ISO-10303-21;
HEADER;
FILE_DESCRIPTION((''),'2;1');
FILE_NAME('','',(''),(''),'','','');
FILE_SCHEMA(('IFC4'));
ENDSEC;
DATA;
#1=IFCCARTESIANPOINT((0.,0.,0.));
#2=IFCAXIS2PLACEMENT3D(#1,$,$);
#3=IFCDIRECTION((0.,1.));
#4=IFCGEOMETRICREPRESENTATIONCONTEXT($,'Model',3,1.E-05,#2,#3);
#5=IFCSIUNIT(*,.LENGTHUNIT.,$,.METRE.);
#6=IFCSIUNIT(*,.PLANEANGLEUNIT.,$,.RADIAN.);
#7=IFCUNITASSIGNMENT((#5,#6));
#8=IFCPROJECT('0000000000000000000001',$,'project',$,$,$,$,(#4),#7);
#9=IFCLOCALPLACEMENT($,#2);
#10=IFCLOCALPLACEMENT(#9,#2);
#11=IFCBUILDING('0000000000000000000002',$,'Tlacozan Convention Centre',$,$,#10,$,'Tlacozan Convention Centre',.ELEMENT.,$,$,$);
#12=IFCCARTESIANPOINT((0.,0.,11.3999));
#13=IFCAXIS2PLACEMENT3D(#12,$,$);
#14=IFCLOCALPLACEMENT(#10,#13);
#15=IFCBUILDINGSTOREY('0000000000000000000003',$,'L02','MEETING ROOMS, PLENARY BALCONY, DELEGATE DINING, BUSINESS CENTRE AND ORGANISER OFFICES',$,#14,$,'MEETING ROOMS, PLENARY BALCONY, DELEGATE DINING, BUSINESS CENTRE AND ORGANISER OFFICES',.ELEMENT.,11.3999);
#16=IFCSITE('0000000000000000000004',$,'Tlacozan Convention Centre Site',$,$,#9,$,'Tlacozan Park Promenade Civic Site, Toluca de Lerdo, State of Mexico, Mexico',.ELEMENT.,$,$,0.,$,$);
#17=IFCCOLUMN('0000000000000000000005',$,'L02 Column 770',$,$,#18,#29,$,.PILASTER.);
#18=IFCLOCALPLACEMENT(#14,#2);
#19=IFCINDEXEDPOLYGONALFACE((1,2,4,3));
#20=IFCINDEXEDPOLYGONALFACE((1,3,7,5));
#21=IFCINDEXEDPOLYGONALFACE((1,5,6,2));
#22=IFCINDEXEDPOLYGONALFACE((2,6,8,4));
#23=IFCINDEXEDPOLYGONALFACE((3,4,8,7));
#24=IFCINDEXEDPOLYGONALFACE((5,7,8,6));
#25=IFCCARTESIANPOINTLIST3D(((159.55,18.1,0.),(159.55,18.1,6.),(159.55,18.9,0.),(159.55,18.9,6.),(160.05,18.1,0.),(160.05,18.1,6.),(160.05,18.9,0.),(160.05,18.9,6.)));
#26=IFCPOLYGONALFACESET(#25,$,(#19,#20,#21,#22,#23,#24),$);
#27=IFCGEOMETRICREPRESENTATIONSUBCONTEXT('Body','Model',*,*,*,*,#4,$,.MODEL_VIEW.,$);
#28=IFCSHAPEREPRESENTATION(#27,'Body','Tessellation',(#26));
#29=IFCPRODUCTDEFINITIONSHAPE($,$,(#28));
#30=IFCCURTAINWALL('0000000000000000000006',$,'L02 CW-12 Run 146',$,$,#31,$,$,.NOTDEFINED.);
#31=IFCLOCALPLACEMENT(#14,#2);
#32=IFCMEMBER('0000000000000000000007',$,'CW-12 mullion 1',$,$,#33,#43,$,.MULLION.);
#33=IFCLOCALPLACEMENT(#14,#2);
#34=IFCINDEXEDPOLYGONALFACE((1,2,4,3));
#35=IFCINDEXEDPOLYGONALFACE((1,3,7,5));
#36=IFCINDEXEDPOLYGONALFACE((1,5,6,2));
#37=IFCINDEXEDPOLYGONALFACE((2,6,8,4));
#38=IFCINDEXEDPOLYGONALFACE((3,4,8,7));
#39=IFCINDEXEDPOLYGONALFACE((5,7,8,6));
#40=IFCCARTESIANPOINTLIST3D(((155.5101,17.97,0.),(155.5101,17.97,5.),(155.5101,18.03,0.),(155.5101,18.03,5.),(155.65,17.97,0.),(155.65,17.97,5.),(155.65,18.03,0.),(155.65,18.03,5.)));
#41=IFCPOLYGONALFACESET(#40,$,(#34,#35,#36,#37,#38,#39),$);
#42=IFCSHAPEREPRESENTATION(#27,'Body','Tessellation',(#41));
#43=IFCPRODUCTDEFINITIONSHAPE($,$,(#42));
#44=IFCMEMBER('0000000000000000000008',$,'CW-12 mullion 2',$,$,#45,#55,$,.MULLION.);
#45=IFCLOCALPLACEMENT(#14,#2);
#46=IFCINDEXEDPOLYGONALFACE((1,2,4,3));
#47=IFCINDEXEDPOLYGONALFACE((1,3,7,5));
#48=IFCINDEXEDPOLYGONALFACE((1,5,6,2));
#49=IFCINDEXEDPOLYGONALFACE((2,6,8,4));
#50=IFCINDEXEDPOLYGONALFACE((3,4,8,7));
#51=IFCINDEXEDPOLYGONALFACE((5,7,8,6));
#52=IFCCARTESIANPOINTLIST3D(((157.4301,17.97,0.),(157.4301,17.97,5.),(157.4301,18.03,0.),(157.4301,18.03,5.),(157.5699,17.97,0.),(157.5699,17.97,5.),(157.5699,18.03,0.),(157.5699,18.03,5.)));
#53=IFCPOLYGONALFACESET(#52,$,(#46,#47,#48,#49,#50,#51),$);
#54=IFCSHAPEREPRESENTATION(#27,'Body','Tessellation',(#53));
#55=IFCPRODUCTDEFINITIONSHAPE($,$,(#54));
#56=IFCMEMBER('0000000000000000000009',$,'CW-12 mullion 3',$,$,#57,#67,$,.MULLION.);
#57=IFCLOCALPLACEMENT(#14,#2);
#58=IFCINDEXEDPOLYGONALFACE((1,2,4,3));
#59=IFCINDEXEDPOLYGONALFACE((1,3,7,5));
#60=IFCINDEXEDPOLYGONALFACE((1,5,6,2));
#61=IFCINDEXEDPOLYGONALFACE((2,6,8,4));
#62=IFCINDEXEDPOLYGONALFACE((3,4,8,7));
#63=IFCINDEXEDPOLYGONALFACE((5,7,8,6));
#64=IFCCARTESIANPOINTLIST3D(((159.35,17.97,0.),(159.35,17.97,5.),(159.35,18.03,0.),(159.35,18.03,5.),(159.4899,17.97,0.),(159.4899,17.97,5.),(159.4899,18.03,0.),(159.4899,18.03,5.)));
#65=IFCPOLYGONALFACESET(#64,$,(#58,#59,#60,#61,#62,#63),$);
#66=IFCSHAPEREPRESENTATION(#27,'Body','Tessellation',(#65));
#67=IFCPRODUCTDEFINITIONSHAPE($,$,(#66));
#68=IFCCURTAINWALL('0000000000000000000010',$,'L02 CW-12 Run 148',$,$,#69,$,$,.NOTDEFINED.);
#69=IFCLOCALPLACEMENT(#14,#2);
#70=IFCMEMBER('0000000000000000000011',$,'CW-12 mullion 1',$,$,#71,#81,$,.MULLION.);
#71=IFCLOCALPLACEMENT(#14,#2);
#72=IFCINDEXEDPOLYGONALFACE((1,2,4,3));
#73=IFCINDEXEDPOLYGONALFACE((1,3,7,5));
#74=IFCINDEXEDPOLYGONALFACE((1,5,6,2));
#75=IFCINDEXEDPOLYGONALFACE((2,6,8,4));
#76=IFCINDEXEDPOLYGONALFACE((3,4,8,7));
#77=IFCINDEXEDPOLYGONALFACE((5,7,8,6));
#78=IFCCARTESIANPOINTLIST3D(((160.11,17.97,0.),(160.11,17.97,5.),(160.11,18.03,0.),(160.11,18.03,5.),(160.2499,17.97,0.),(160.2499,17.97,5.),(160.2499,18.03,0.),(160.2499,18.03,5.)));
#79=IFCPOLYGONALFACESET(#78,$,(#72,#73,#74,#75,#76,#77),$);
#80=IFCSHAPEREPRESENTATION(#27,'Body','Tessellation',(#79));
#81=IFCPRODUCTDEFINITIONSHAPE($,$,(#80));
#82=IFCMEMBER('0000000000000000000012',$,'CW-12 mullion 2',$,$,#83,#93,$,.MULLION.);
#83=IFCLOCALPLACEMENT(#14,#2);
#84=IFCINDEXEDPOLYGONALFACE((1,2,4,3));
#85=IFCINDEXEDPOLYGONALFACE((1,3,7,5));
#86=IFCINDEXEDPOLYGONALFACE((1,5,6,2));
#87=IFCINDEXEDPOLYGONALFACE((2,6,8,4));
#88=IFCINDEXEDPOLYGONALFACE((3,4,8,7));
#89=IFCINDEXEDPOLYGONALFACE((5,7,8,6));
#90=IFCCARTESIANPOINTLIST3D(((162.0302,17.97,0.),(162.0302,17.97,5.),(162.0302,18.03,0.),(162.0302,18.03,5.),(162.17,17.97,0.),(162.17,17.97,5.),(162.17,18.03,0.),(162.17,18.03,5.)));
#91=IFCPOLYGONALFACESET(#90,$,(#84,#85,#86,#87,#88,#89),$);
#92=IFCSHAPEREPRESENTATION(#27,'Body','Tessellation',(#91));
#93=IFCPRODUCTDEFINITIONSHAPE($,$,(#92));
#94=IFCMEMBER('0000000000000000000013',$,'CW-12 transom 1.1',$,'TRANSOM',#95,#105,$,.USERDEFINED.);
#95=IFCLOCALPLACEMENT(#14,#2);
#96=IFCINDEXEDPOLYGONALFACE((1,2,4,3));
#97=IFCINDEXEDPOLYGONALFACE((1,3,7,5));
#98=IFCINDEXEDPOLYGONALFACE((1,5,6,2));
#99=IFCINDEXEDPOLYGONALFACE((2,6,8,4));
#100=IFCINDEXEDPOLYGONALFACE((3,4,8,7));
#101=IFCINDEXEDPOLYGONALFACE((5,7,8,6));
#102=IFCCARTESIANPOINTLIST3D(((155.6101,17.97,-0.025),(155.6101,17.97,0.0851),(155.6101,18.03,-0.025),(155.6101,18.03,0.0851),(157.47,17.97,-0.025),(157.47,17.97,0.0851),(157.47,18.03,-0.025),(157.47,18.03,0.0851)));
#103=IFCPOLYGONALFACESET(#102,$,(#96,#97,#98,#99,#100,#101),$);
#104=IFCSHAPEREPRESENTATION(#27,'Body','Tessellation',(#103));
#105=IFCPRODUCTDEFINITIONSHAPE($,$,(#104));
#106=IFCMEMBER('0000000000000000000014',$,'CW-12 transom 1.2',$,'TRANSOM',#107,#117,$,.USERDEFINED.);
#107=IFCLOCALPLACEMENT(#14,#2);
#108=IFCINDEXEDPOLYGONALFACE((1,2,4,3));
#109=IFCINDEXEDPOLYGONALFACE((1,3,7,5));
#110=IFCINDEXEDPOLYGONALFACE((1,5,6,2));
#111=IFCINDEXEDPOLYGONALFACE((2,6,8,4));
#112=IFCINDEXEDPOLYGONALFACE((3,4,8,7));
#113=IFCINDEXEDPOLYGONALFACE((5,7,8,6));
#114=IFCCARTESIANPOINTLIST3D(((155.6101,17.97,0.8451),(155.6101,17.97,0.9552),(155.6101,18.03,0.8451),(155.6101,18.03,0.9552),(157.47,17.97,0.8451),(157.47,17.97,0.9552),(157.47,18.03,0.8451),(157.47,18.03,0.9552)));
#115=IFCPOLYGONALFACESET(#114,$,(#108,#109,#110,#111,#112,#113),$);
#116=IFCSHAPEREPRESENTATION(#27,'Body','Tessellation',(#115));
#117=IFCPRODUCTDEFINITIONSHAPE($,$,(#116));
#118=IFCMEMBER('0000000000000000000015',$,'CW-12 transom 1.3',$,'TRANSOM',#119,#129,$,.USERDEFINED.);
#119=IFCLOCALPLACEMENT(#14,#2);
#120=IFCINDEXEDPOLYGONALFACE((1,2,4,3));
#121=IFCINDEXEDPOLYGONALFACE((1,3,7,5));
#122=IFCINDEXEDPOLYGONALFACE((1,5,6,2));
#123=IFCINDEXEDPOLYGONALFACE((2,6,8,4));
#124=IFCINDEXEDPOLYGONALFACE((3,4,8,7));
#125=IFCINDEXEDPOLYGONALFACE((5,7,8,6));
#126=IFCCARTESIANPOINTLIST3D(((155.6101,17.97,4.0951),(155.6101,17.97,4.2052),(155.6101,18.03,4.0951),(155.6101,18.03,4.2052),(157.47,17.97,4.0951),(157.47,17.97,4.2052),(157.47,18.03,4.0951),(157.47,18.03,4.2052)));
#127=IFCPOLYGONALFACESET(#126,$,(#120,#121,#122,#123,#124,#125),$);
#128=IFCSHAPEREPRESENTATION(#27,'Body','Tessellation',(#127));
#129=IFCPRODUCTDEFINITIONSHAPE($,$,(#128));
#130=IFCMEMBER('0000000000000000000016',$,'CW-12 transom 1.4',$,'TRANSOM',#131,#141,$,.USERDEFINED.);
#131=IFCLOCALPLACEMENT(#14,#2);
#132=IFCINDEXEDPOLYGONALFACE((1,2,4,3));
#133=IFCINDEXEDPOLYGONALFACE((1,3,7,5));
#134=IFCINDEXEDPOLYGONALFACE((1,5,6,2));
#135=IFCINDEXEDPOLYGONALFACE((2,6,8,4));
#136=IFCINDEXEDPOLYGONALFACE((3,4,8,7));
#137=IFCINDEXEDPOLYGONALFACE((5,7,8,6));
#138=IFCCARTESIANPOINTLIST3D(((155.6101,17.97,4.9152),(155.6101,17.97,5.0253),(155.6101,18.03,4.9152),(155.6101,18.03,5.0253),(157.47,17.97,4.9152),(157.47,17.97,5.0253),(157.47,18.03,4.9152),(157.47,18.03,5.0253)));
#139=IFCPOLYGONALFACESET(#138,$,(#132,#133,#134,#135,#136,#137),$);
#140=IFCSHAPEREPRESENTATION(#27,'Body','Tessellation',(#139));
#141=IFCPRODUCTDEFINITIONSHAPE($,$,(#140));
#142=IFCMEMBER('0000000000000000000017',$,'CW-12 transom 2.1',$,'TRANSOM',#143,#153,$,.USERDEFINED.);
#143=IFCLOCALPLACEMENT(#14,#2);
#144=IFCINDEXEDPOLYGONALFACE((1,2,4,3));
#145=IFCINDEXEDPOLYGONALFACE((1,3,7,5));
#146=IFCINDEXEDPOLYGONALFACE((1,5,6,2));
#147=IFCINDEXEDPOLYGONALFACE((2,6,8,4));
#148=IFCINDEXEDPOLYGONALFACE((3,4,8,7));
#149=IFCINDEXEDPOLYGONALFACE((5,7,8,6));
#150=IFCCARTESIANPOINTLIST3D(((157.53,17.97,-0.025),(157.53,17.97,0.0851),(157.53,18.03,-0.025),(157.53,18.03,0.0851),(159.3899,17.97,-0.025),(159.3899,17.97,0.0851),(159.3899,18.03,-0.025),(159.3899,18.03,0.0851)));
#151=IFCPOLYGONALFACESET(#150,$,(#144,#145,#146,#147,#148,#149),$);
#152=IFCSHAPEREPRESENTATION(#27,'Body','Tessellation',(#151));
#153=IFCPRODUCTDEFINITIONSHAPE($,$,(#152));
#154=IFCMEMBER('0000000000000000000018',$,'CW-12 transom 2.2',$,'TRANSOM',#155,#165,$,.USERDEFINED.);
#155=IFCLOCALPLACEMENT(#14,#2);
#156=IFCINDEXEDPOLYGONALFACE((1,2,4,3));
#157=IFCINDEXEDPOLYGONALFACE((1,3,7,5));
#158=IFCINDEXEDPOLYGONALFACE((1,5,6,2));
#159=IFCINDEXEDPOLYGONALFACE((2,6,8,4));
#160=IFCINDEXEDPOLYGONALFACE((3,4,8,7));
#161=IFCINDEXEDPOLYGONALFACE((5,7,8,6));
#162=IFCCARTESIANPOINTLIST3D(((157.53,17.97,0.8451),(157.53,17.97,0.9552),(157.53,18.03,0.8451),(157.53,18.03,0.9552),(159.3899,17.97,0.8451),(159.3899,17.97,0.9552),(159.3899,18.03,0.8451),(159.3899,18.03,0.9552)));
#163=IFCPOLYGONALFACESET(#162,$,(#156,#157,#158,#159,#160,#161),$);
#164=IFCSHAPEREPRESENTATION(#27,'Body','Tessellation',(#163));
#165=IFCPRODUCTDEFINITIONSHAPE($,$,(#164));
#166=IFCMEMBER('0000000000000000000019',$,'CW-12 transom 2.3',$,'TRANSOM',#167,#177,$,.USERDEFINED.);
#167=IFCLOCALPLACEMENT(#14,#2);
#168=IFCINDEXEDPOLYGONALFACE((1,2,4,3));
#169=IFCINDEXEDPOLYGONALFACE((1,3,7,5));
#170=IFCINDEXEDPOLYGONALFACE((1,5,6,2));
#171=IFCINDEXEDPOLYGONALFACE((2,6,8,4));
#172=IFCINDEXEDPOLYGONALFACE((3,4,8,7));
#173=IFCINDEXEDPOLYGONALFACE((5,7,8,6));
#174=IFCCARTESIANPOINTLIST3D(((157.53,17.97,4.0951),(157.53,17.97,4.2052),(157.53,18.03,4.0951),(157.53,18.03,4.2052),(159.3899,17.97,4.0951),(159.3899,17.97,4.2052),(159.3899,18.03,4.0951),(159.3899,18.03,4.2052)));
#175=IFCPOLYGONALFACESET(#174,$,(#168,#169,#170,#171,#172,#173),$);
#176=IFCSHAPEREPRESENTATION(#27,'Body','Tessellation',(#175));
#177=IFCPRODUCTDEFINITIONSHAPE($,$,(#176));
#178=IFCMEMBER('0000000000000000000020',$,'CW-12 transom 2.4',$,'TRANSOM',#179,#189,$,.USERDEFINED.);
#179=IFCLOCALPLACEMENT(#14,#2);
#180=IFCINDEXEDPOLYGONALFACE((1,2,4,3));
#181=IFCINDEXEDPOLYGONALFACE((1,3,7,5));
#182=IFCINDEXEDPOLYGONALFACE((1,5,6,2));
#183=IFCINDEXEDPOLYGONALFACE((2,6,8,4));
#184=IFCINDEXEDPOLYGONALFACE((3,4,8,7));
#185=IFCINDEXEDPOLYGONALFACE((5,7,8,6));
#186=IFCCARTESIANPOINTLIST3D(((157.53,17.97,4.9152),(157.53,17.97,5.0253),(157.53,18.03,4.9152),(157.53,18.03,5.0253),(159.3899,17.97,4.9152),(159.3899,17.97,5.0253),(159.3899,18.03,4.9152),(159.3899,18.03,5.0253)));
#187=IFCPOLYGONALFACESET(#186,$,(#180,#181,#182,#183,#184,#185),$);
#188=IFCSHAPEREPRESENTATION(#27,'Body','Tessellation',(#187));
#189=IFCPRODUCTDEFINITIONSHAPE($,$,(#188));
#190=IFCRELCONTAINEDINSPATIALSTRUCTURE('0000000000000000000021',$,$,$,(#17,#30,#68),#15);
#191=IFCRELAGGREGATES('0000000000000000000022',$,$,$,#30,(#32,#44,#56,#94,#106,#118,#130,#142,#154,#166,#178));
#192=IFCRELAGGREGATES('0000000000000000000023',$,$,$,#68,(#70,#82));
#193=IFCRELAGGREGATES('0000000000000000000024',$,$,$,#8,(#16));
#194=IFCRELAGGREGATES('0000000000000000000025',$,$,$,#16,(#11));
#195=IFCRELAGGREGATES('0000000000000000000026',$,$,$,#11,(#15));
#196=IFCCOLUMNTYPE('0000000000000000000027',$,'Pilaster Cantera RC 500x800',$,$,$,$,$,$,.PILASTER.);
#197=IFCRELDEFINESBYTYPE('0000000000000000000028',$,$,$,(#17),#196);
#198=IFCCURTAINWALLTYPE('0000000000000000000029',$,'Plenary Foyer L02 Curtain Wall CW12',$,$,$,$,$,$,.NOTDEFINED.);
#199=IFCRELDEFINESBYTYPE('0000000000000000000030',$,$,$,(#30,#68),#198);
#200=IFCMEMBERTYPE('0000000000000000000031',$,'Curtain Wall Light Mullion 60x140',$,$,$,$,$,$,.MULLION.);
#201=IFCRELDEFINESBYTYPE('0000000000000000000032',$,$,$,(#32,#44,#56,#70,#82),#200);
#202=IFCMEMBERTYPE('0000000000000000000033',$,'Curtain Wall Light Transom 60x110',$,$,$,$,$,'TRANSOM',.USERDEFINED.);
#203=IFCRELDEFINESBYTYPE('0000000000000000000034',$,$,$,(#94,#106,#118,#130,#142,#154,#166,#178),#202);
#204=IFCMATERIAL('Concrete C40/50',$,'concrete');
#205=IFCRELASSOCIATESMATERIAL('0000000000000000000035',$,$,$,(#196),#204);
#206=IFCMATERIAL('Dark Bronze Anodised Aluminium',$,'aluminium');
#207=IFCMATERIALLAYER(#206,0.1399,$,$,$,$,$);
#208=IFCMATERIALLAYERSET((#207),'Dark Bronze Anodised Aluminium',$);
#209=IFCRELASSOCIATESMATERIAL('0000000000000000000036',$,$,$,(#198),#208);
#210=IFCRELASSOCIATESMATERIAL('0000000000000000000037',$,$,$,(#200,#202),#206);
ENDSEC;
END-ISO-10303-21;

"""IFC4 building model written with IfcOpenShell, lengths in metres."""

from ifc_helpers import new_model, si_unit, direction, frame, origin, origin_2d, place, context, subcontext, project, spatial, rectangle, extrude, material, layer, layer_set, material_profile, profile_set, type_object, element, aggregate, save


model = new_model("IFC4")

# Units and contexts
model_context = context("Model", 3, precision=1e-05, world=origin(), true_north=direction((0.0, 1.0)))
body_context = subcontext(model_context, "Body", "Model", "MODEL_VIEW")
ifc_project = project(units=[si_unit("LENGTHUNIT", "METRE"), si_unit("PLANEANGLEUNIT", "RADIAN")], contexts=[model_context])

# Site, building, storey
site_placement = place(None, origin())
site = spatial("IfcSite", under=ifc_project, at=site_placement, Name="Tlacozan Convention Centre Site", LongName="Tlacozan Park Promenade Civic Site, Toluca de Lerdo, State of Mexico, Mexico", CompositionType="ELEMENT", RefElevation=0.0)
building_placement = place(site_placement, origin())
building = spatial("IfcBuilding", under=site, at=building_placement, Name="Tlacozan Convention Centre", LongName="Tlacozan Convention Centre", CompositionType="ELEMENT")
storey_placement = place(building_placement, frame((0.0, 0.0, 11.3999)))
storey = spatial("IfcBuildingStorey", under=building, at=storey_placement, Name="L02", Description="MEETING ROOMS, PLENARY BALCONY, DELEGATE DINING, BUSINESS CENTRE AND ORGANISER OFFICES", LongName="MEETING ROOMS, PLENARY BALCONY, DELEGATE DINING, BUSINESS CENTRE AND ORGANISER OFFICES", CompositionType="ELEMENT", Elevation=11.3999)

# Column
ifc_material_1 = material(Name="Concrete C40/50", Category="concrete")
ifc_material_profile_1 = material_profile(ifc_material_1, rectangle(XDim=0.5, YDim=0.8, at=origin_2d()), Name="RC 500x800")
ifc_profile_set_1 = profile_set([ifc_material_profile_1], Name="Concrete C40/50")
column_type = type_object("IfcColumnType", Name="Pilaster Cantera RC 500x800", PredefinedType="PILASTER", material=ifc_profile_set_1)
column_placement = place(storey_placement, frame((159.8, 18.5, 0.0), z_axis=(0.0, 0.0, 1.0), x_axis=(1.0, 0.0, 0.0)))
element("IfcColumn", 1, at=column_placement, inside=storey, type_object=column_type, Name="L02 Column 770", PredefinedType="PILASTER", context=body_context, shape_type="SweptSolid", body=[
    extrude(rectangle(XDim=0.5, YDim=0.8, at=origin_2d()), origin(), (0.0, 0.0, 1.0), 6.0),
])

# Curtain walls, members
ifc_material_2 = material(Name="Dark Bronze Anodised Aluminium", Category="aluminium")
ifc_layer_1 = layer(ifc_material_2, 0.1399)
ifc_layer_set_1 = layer_set([ifc_layer_1], Name="Dark Bronze Anodised Aluminium")
curtain_wall_type = type_object("IfcCurtainWallType", Name="Plenary Foyer L02 Curtain Wall CW12", PredefinedType="NOTDEFINED", material=ifc_layer_set_1)
curtain_wall_1_placement = place(storey_placement, origin())
curtain_wall_1 = element("IfcCurtainWall", 2, at=curtain_wall_1_placement, inside=storey, type_object=curtain_wall_type, Name="L02 CW-12 Run 146", PredefinedType="NOTDEFINED")
ifc_material_profile_2 = material_profile(ifc_material_2, rectangle(XDim=0.0601, YDim=0.1399, at=origin_2d()), Name="ALU 60x140")
ifc_profile_set_2 = profile_set([ifc_material_profile_2], Name="Dark Bronze Anodised Aluminium")
member_type_1 = type_object("IfcMemberType", Name="Curtain Wall Light Mullion 60x140", PredefinedType="MULLION", material=ifc_profile_set_2)
member_1_placement = place(storey_placement, frame((155.5801, 18.0, 0.0), z_axis=(0.0, 0.0, 1.0), x_axis=(0.0, 1.0, 0.0)))
member_1 = element("IfcMember", 3, at=member_1_placement, type_object=member_type_1, Name="CW-12 mullion 1", PredefinedType="MULLION", context=body_context, shape_type="SweptSolid", body=[
    extrude(rectangle(XDim=0.0601, YDim=0.1399, at=origin_2d()), origin(), (0.0, 0.0, 1.0), 5.0),
])
member_2_placement = place(storey_placement, frame((157.5, 18.0, 0.0), z_axis=(0.0, 0.0, 1.0), x_axis=(0.0, 1.0, 0.0)))
member_2 = element("IfcMember", 4, at=member_2_placement, type_object=member_type_1, Name="CW-12 mullion 2", PredefinedType="MULLION", context=body_context, shape_type="SweptSolid", body=[
    extrude(rectangle(XDim=0.0601, YDim=0.1399, at=origin_2d()), origin(), (0.0, 0.0, 1.0), 5.0),
])
member_3_placement = place(storey_placement, frame((159.4199, 18.0, 0.0), z_axis=(0.0, 0.0, 1.0), x_axis=(0.0, 1.0, 0.0)))
member_3 = element("IfcMember", 5, at=member_3_placement, type_object=member_type_1, Name="CW-12 mullion 3", PredefinedType="MULLION", context=body_context, shape_type="SweptSolid", body=[
    extrude(rectangle(XDim=0.0601, YDim=0.1399, at=origin_2d()), origin(), (0.0, 0.0, 1.0), 5.0),
])
curtain_wall_2_placement = place(storey_placement, origin())
curtain_wall_2 = element("IfcCurtainWall", 6, at=curtain_wall_2_placement, inside=storey, type_object=curtain_wall_type, Name="L02 CW-12 Run 148", PredefinedType="NOTDEFINED")
member_4_placement = place(storey_placement, frame((160.1799, 18.0, 0.0), z_axis=(0.0, 0.0, 1.0), x_axis=(0.0, 1.0, 0.0)))
member_4 = element("IfcMember", 7, at=member_4_placement, type_object=member_type_1, Name="CW-12 mullion 1", PredefinedType="MULLION", context=body_context, shape_type="SweptSolid", body=[
    extrude(rectangle(XDim=0.0601, YDim=0.1399, at=origin_2d()), origin(), (0.0, 0.0, 1.0), 5.0),
])
member_5_placement = place(storey_placement, frame((162.1001, 18.0, 0.0), z_axis=(0.0, 0.0, 1.0), x_axis=(0.0, 1.0, 0.0)))
member_5 = element("IfcMember", 8, at=member_5_placement, type_object=member_type_1, Name="CW-12 mullion 2", PredefinedType="MULLION", context=body_context, shape_type="SweptSolid", body=[
    extrude(rectangle(XDim=0.0601, YDim=0.1399, at=origin_2d()), origin(), (0.0, 0.0, 1.0), 5.0),
])

# Members
ifc_material_profile_3 = material_profile(ifc_material_2, rectangle(XDim=0.0601, YDim=0.1101, at=origin_2d()), Name="ALU 60x110")
ifc_profile_set_3 = profile_set([ifc_material_profile_3], Name="Dark Bronze Anodised Aluminium")
member_type_2 = type_object("IfcMemberType", Name="Curtain Wall Light Transom 60x110", ElementType="TRANSOM", PredefinedType="USERDEFINED", material=ifc_profile_set_3)
member_6_placement = place(storey_placement, frame((155.6101, 18.0, 0.03), z_axis=(1.0, 0.0, 0.0), x_axis=(0.0, 1.0, 0.0)))
member_6 = element("IfcMember", 9, at=member_6_placement, type_object=member_type_2, Name="CW-12 transom 1.1", ObjectType="TRANSOM", PredefinedType="USERDEFINED", context=body_context, shape_type="SweptSolid", body=[
    extrude(rectangle(XDim=0.0601, YDim=0.1101, at=origin_2d()), origin(), (0.0, 0.0, 1.0), 1.8599),
])
member_7_placement = place(storey_placement, frame((155.6101, 18.0, 0.9001), z_axis=(1.0, 0.0, 0.0), x_axis=(0.0, 1.0, 0.0)))
member_7 = element("IfcMember", 10, at=member_7_placement, type_object=member_type_2, Name="CW-12 transom 1.2", ObjectType="TRANSOM", PredefinedType="USERDEFINED", context=body_context, shape_type="SweptSolid", body=[
    extrude(rectangle(XDim=0.0601, YDim=0.1101, at=origin_2d()), origin(), (0.0, 0.0, 1.0), 1.8599),
])
member_8_placement = place(storey_placement, frame((155.6101, 18.0, 4.1501), z_axis=(1.0, 0.0, 0.0), x_axis=(0.0, 1.0, 0.0)))
member_8 = element("IfcMember", 11, at=member_8_placement, type_object=member_type_2, Name="CW-12 transom 1.3", ObjectType="TRANSOM", PredefinedType="USERDEFINED", context=body_context, shape_type="SweptSolid", body=[
    extrude(rectangle(XDim=0.0601, YDim=0.1101, at=origin_2d()), origin(), (0.0, 0.0, 1.0), 1.8599),
])
member_9_placement = place(storey_placement, frame((155.6101, 18.0, 4.9702), z_axis=(1.0, 0.0, 0.0), x_axis=(0.0, 1.0, 0.0)))
member_9 = element("IfcMember", 12, at=member_9_placement, type_object=member_type_2, Name="CW-12 transom 1.4", ObjectType="TRANSOM", PredefinedType="USERDEFINED", context=body_context, shape_type="SweptSolid", body=[
    extrude(rectangle(XDim=0.0601, YDim=0.1101, at=origin_2d()), origin(), (0.0, 0.0, 1.0), 1.8599),
])
member_10_placement = place(storey_placement, frame((157.53, 18.0, 0.03), z_axis=(1.0, 0.0, 0.0), x_axis=(0.0, 1.0, 0.0)))
member_10 = element("IfcMember", 13, at=member_10_placement, type_object=member_type_2, Name="CW-12 transom 2.1", ObjectType="TRANSOM", PredefinedType="USERDEFINED", context=body_context, shape_type="SweptSolid", body=[
    extrude(rectangle(XDim=0.0601, YDim=0.1101, at=origin_2d()), origin(), (0.0, 0.0, 1.0), 1.8599),
])
member_11_placement = place(storey_placement, frame((157.53, 18.0, 0.9001), z_axis=(1.0, 0.0, 0.0), x_axis=(0.0, 1.0, 0.0)))
member_11 = element("IfcMember", 14, at=member_11_placement, type_object=member_type_2, Name="CW-12 transom 2.2", ObjectType="TRANSOM", PredefinedType="USERDEFINED", context=body_context, shape_type="SweptSolid", body=[
    extrude(rectangle(XDim=0.0601, YDim=0.1101, at=origin_2d()), origin(), (0.0, 0.0, 1.0), 1.8599),
])
member_12_placement = place(storey_placement, frame((157.53, 18.0, 4.1501), z_axis=(1.0, 0.0, 0.0), x_axis=(0.0, 1.0, 0.0)))
member_12 = element("IfcMember", 15, at=member_12_placement, type_object=member_type_2, Name="CW-12 transom 2.3", ObjectType="TRANSOM", PredefinedType="USERDEFINED", context=body_context, shape_type="SweptSolid", body=[
    extrude(rectangle(XDim=0.0601, YDim=0.1101, at=origin_2d()), origin(), (0.0, 0.0, 1.0), 1.8599),
])
member_13_placement = place(storey_placement, frame((157.53, 18.0, 4.9702), z_axis=(1.0, 0.0, 0.0), x_axis=(0.0, 1.0, 0.0)))
member_13 = element("IfcMember", 16, at=member_13_placement, type_object=member_type_2, Name="CW-12 transom 2.4", ObjectType="TRANSOM", PredefinedType="USERDEFINED", context=body_context, shape_type="SweptSolid", body=[
    extrude(rectangle(XDim=0.0601, YDim=0.1101, at=origin_2d()), origin(), (0.0, 0.0, 1.0), 1.8599),
])

aggregate(curtain_wall_1, [member_1, member_2, member_3, member_6, member_7, member_8, member_9, member_10, member_11, member_12, member_13])
aggregate(curtain_wall_2, [member_4, member_5])

save(model, "model.ifc")
